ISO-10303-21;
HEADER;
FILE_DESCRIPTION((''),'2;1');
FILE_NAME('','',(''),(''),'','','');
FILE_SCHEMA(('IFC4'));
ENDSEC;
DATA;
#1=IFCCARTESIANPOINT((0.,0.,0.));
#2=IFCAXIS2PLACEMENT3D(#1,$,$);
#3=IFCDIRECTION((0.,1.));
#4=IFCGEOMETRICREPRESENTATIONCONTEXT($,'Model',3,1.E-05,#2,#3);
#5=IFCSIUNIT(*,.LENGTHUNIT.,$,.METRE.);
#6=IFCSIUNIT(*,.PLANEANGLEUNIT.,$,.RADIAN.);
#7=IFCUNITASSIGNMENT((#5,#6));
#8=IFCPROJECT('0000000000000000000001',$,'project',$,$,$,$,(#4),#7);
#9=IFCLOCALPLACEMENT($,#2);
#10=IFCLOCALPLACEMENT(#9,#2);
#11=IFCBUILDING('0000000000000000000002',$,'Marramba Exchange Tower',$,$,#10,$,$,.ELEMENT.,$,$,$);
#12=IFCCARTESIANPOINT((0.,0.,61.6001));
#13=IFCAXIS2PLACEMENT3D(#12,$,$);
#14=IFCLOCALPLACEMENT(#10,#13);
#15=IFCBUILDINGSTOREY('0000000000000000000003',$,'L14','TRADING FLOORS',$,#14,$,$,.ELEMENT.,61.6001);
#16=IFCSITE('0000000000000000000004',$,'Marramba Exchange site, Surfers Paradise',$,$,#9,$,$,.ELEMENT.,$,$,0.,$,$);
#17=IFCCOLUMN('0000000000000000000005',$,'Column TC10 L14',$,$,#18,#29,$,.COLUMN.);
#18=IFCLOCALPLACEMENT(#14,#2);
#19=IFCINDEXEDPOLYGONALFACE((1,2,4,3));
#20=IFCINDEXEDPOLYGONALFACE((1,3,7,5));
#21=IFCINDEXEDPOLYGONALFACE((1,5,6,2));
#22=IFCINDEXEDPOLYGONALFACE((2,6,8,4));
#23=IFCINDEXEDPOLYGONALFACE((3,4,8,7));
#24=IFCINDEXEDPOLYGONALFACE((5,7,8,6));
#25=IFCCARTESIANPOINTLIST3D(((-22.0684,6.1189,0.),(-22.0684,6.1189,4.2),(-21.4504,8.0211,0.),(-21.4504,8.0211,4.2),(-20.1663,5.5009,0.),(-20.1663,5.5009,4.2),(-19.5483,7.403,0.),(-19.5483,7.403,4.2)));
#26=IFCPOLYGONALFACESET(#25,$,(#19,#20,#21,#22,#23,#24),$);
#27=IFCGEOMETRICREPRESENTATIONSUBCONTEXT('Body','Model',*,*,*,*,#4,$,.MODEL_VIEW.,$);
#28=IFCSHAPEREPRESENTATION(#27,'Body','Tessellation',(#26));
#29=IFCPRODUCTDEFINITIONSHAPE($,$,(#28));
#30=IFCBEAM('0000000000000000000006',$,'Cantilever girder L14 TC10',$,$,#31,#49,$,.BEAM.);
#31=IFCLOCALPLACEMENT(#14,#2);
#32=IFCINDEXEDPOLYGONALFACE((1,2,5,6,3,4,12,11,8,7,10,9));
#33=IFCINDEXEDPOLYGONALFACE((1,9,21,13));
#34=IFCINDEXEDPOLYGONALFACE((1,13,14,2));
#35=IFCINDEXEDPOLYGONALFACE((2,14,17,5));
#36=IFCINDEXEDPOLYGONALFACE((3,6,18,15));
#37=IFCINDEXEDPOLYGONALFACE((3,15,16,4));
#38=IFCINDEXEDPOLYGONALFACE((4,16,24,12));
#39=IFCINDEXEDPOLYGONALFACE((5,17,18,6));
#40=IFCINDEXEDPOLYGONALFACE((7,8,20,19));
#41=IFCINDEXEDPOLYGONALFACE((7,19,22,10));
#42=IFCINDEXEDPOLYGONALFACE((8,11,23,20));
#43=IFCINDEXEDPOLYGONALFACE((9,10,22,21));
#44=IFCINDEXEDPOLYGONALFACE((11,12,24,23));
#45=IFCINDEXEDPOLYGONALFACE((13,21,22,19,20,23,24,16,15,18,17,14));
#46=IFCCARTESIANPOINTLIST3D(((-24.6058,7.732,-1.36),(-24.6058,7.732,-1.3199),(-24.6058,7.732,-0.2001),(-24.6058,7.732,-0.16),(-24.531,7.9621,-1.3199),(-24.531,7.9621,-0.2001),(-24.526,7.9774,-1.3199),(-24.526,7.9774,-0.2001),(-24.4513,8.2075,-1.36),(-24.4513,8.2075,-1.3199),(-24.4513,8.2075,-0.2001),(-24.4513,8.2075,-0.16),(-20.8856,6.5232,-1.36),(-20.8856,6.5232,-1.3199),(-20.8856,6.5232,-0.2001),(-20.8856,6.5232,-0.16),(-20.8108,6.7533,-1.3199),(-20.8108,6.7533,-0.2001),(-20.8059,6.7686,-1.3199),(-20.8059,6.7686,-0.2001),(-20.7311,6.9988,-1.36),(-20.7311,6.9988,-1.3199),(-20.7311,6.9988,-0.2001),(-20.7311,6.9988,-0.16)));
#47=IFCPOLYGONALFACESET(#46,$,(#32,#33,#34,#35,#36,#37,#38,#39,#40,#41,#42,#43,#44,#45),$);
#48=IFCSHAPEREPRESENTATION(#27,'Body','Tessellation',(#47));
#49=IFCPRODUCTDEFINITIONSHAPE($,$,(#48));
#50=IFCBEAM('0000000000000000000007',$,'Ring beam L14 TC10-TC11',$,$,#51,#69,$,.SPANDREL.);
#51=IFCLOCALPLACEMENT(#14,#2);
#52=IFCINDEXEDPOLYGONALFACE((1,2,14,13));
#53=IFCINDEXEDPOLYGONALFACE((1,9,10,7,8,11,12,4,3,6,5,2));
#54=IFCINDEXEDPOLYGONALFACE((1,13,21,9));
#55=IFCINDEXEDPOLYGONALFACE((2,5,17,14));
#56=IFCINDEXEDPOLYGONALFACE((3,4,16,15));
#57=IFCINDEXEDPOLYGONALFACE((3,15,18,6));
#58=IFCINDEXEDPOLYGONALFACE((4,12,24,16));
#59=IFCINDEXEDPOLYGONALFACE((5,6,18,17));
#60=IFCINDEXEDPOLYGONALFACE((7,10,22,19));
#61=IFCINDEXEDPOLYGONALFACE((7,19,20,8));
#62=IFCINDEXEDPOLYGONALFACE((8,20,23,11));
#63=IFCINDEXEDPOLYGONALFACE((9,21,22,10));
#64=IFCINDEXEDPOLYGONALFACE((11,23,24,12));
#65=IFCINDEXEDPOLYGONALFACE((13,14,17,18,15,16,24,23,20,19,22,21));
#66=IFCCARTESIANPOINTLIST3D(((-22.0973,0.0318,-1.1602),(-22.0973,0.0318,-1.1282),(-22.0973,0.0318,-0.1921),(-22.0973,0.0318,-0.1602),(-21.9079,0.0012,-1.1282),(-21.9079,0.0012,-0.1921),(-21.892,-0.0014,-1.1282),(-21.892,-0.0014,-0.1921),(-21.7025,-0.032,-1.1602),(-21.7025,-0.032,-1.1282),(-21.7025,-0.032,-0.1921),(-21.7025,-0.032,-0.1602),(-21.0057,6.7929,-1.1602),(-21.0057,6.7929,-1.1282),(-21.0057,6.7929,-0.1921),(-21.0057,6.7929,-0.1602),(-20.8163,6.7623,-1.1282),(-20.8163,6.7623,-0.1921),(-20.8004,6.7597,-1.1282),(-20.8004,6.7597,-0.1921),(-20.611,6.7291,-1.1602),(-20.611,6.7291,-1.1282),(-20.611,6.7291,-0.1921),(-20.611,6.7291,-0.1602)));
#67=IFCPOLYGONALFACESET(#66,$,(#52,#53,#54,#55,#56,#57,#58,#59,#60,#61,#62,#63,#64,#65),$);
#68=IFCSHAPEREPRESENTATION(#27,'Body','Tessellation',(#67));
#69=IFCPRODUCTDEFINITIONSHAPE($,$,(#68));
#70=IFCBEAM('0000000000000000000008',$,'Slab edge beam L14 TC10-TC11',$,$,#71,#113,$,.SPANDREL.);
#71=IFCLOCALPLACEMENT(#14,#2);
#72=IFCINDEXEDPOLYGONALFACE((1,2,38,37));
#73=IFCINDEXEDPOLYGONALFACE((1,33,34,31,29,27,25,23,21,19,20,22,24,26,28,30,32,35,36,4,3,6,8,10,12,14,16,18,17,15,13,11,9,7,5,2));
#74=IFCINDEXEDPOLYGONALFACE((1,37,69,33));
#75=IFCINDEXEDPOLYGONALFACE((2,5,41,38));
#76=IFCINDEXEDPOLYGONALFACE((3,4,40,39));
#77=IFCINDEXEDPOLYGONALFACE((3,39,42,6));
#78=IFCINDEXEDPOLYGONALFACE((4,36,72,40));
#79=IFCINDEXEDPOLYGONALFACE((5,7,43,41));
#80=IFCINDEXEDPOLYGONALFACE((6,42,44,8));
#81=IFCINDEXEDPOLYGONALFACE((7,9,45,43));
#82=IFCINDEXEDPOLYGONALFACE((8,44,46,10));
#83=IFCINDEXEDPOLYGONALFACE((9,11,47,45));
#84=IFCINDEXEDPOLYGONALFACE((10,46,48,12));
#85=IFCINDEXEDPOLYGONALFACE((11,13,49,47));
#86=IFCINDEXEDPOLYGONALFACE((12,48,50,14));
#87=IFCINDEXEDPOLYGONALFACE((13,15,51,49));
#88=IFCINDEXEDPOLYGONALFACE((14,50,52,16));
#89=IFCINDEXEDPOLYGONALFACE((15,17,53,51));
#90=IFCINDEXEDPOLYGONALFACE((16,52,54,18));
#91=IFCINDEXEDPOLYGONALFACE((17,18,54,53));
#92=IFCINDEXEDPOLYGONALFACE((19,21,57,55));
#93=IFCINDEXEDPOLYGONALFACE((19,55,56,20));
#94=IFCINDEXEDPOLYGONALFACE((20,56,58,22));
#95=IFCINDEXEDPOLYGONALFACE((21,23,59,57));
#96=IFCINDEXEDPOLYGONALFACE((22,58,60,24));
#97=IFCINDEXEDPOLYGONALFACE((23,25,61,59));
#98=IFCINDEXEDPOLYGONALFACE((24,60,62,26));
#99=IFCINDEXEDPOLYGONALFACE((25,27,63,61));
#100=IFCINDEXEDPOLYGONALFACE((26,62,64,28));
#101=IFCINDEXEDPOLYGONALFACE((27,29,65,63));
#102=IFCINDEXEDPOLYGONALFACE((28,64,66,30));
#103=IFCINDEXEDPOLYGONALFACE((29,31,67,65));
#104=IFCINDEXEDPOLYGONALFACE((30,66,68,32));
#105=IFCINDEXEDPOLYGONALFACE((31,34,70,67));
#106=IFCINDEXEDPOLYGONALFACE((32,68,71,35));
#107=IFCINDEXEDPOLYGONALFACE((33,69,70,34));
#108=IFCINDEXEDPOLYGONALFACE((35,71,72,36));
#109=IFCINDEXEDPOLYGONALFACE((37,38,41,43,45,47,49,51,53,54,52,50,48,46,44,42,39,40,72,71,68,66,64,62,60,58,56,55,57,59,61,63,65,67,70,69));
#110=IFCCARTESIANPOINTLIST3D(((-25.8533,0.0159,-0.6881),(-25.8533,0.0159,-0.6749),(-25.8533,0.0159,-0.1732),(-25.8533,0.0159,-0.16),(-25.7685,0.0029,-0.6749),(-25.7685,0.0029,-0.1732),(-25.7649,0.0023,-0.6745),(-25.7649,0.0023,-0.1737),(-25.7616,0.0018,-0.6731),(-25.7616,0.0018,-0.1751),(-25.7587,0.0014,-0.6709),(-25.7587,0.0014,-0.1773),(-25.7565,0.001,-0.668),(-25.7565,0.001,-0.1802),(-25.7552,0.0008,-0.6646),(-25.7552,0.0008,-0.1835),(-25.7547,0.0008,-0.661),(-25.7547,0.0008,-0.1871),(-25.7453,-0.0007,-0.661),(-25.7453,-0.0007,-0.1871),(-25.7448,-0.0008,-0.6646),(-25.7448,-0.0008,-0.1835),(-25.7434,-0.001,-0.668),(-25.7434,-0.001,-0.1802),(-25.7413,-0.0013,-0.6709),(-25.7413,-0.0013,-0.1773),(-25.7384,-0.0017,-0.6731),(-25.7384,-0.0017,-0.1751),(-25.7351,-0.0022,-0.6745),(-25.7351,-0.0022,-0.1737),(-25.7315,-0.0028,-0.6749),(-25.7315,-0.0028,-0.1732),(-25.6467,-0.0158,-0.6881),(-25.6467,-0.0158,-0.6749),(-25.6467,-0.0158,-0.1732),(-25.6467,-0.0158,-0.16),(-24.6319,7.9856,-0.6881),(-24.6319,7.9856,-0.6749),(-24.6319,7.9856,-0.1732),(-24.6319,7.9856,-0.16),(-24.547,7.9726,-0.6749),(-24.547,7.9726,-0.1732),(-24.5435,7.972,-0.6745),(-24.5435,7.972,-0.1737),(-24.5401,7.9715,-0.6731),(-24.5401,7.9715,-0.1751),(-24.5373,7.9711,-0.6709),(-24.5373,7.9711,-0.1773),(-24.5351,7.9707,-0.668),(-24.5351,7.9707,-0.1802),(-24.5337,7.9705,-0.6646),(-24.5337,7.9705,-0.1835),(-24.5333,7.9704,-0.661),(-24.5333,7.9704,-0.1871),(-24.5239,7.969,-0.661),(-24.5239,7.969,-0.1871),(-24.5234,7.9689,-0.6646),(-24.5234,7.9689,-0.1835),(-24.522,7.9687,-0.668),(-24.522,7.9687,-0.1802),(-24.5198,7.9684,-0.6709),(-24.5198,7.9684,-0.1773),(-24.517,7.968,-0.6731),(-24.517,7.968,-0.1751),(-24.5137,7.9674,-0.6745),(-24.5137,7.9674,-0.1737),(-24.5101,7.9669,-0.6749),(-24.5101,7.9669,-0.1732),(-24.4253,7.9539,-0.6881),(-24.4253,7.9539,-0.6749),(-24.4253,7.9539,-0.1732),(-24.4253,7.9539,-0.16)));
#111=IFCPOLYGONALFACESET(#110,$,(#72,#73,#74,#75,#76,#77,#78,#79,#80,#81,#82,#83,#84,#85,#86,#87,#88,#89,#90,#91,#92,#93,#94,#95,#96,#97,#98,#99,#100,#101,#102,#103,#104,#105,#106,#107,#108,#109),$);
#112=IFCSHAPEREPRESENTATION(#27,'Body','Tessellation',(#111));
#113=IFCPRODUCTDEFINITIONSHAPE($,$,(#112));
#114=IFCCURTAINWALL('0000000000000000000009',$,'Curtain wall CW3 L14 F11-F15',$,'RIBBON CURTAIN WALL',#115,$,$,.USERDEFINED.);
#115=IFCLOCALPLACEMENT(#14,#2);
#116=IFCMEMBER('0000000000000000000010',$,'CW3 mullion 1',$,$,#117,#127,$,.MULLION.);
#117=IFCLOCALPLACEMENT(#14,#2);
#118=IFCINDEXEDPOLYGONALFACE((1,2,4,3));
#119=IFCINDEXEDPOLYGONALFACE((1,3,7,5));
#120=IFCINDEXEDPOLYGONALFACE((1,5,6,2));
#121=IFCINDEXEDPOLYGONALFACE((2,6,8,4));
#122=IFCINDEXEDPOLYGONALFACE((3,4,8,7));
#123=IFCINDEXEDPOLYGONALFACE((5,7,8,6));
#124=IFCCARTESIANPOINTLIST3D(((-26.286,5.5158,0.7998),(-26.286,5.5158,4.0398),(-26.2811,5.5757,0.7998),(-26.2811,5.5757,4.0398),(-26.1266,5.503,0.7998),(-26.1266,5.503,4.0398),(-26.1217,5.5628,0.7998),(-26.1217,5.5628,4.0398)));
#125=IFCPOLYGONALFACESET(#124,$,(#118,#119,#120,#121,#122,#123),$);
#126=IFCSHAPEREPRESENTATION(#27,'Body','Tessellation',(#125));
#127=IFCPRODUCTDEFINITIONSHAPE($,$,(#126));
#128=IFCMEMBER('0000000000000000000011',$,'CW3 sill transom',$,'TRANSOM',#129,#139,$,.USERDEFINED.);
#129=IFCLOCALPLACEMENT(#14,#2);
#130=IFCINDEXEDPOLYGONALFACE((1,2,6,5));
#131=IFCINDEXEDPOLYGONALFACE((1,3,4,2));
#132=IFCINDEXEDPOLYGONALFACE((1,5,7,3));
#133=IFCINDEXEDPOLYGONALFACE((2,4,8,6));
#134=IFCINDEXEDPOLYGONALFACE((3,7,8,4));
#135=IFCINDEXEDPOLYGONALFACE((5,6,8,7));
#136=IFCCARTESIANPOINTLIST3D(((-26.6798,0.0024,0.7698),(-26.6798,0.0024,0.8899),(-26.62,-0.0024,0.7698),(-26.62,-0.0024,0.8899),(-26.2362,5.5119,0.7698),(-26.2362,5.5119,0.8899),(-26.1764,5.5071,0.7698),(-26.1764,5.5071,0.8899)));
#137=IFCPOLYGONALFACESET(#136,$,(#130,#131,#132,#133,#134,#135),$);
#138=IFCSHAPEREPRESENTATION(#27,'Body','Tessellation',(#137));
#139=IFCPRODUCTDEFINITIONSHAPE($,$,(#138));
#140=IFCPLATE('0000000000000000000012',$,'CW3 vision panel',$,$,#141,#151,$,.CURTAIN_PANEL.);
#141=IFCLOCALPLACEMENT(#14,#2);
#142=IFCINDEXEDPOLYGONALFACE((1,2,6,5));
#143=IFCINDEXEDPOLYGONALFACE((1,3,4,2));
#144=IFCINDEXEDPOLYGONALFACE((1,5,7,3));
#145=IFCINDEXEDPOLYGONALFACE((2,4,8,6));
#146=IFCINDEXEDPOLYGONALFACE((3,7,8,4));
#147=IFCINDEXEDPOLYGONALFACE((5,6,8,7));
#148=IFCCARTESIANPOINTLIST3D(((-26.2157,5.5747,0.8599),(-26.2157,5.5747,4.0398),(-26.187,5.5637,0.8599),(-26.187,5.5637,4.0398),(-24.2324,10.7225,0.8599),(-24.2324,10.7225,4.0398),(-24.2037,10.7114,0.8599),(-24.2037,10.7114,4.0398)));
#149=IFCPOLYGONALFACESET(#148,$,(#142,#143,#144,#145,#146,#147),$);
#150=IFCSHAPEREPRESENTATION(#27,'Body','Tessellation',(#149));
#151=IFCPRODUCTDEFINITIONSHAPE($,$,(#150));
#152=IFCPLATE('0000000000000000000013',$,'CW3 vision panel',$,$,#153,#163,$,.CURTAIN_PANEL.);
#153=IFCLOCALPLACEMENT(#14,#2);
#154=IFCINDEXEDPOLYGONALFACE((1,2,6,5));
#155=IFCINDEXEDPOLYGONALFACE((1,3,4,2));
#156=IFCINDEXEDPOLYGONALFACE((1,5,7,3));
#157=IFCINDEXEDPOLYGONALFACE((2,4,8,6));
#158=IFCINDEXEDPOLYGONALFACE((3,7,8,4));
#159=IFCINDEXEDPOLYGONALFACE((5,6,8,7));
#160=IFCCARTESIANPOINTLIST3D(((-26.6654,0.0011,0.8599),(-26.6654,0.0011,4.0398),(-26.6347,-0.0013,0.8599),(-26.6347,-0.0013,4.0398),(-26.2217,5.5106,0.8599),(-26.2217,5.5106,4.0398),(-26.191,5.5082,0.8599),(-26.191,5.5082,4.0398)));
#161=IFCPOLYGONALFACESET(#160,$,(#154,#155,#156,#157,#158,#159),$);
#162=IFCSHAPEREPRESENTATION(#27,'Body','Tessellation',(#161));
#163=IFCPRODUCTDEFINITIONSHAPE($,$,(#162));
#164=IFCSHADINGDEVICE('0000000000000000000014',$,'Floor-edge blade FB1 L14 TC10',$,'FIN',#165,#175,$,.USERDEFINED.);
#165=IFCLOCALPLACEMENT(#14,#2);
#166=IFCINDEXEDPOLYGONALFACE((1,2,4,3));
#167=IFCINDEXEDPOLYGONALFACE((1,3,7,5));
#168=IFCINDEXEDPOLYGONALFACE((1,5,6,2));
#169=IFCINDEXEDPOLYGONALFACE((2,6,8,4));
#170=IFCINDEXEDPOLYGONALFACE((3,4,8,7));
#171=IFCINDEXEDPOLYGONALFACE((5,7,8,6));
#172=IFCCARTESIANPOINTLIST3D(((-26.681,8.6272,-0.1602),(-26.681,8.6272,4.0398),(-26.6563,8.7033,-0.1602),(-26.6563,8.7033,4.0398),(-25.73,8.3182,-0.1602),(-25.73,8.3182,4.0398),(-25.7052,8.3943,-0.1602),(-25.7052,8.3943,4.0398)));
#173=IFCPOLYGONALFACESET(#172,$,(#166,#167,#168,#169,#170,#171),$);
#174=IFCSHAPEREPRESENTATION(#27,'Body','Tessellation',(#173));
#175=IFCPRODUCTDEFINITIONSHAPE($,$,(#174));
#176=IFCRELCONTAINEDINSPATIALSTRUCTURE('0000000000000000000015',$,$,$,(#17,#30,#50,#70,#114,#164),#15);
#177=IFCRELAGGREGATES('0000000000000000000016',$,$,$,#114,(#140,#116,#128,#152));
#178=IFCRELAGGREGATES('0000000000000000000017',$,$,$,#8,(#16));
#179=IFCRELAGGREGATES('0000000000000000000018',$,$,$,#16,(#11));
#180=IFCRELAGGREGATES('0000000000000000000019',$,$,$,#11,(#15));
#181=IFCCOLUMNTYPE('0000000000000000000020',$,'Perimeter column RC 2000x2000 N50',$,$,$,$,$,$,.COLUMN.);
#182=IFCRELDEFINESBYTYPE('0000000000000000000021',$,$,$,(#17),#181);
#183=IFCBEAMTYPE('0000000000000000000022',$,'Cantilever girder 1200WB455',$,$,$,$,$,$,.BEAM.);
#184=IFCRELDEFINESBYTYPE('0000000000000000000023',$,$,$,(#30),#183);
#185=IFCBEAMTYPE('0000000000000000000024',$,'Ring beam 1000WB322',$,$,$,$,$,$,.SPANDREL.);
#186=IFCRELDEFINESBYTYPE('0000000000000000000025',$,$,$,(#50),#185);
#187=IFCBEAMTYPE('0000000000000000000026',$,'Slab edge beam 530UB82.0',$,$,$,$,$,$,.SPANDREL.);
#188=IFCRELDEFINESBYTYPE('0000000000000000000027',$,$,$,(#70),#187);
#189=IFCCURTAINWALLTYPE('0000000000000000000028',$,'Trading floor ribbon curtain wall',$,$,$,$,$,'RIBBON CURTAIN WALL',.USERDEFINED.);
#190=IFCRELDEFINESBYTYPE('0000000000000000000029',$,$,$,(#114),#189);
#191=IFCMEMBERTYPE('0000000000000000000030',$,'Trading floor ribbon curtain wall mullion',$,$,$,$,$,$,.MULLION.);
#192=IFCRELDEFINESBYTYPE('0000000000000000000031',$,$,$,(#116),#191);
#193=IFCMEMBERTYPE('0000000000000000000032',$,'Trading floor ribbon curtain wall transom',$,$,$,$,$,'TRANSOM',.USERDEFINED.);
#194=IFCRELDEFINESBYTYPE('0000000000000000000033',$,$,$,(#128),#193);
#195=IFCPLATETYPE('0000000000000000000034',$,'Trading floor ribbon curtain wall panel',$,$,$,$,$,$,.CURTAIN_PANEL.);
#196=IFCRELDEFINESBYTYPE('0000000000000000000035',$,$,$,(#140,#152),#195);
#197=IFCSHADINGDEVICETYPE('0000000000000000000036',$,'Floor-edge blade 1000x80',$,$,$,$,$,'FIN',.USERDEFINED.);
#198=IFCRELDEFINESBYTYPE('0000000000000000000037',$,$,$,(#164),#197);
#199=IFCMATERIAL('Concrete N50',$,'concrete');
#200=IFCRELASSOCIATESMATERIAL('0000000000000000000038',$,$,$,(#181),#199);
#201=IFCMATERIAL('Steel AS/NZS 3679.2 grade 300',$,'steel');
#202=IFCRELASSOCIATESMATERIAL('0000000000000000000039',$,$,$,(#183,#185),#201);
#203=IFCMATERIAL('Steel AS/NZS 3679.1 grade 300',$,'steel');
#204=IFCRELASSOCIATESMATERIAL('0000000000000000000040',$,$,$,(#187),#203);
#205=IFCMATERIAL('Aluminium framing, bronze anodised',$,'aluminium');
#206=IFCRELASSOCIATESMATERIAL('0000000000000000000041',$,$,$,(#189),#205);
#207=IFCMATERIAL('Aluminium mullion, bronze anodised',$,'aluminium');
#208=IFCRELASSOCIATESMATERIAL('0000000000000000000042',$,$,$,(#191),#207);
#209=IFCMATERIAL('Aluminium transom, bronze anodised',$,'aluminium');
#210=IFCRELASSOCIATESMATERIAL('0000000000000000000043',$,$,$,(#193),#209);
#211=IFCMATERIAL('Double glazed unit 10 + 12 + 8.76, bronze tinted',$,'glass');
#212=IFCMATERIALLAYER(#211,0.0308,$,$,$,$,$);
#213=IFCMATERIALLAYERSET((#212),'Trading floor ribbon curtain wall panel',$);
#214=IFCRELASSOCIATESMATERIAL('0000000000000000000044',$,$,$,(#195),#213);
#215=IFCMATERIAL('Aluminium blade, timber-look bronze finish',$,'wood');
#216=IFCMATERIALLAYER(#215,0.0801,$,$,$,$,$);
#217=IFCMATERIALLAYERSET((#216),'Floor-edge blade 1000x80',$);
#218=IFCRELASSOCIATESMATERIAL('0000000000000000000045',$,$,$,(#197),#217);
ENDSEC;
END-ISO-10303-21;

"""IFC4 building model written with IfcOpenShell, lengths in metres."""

from ifc_helpers import new_model, si_unit, direction, frame, origin, origin_2d, place, context, subcontext, project, spatial, rectangle, i_section, extrude, material, layer, layer_set, material_profile, profile_set, type_object, element, aggregate, save


model = new_model("IFC4")

# Units and contexts
model_context = context("Model", 3, precision=1e-05, world=origin(), true_north=direction((0.0, 1.0)))
body_context = subcontext(model_context, "Body", "Model", "MODEL_VIEW")
ifc_project = project(units=[si_unit("LENGTHUNIT", "METRE"), si_unit("PLANEANGLEUNIT", "RADIAN")], contexts=[model_context])

# Site, building, storey
site_placement = place(None, origin())
site = spatial("IfcSite", under=ifc_project, at=site_placement, Name="Marramba Exchange site, Surfers Paradise", CompositionType="ELEMENT", RefElevation=0.0)
building_placement = place(site_placement, origin())
building = spatial("IfcBuilding", under=site, at=building_placement, Name="Marramba Exchange Tower", CompositionType="ELEMENT")
storey_placement = place(building_placement, frame((0.0, 0.0, 61.6001)))
storey = spatial("IfcBuildingStorey", under=building, at=storey_placement, Name="L14", Description="TRADING FLOORS", CompositionType="ELEMENT", Elevation=61.6001)

# Column
ifc_material_1 = material(Name="Concrete N50", Category="concrete")
ifc_material_profile_1 = material_profile(ifc_material_1, rectangle(XDim=2.0, YDim=2.0, at=origin_2d()), Name="RC 2000x2000")
ifc_profile_set_1 = profile_set([ifc_material_profile_1], Name="Concrete N50")
column_type = type_object("IfcColumnType", Name="Perimeter column RC 2000x2000 N50", PredefinedType="COLUMN", material=ifc_profile_set_1)
column_placement = place(storey_placement, frame((-20.8083, 6.761, 0.0), z_axis=(0.0, 0.0, 1.0), x_axis=(-0.951057, 0.309017, 0.0)))
element("IfcColumn", 1, at=column_placement, inside=storey, type_object=column_type, Name="Column TC10 L14", PredefinedType="COLUMN", context=body_context, shape_type="SweptSolid", body=[
    extrude(rectangle(XDim=2.0, YDim=2.0, at=origin_2d()), origin(), (0.0, 0.0, 1.0), 4.2),
])

# Beams
ifc_material_2 = material(Name="Steel AS/NZS 3679.2 grade 300", Category="steel")
ifc_material_profile_2 = material_profile(ifc_material_2, i_section(OverallWidth=0.5, OverallDepth=1.2, WebThickness=0.0161, FlangeThickness=0.04, at=origin_2d()), Name="1200WB455")
ifc_profile_set_2 = profile_set([ifc_material_profile_2], Name="Steel AS/NZS 3679.2 grade 300")
beam_type_1 = type_object("IfcBeamType", Name="Cantilever girder 1200WB455", PredefinedType="BEAM", material=ifc_profile_set_2)
beam_1_placement = place(storey_placement, frame((-20.8083, 6.761, -0.76), z_axis=(-0.951059, 0.30901, 0.0), x_axis=(-0.30901, -0.951059, 0.0)))
element("IfcBeam", 2, at=beam_1_placement, inside=storey, type_object=beam_type_1, Name="Cantilever girder L14 TC10", PredefinedType="BEAM", context=body_context, shape_type="SweptSolid", body=[
    extrude(i_section(OverallWidth=0.5, OverallDepth=1.2, WebThickness=0.0161, FlangeThickness=0.04, at=origin_2d()), origin(), (0.0, 0.0, 1.0), 3.9116),
])
ifc_material_profile_3 = material_profile(ifc_material_2, i_section(OverallWidth=0.3999, OverallDepth=1.0, WebThickness=0.0161, FlangeThickness=0.032, at=origin_2d()), Name="1000WB322")
ifc_profile_set_3 = profile_set([ifc_material_profile_3], Name="Steel AS/NZS 3679.2 grade 300")
beam_type_2 = type_object("IfcBeamType", Name="Ring beam 1000WB322", PredefinedType="SPANDREL", material=ifc_profile_set_3)
beam_2_placement = place(storey_placement, frame((-20.8083, 6.761, -0.6602), z_axis=(-0.159385, -0.987217, 0.0), x_axis=(0.987217, -0.159385, 0.0)))
element("IfcBeam", 3, at=beam_2_placement, inside=storey, type_object=beam_type_2, Name="Ring beam L14 TC10-TC11", PredefinedType="SPANDREL", context=body_context, shape_type="SweptSolid", body=[
    extrude(i_section(OverallWidth=0.3999, OverallDepth=1.0, WebThickness=0.0161, FlangeThickness=0.032, at=origin_2d()), origin(), (0.0, 0.0, 1.0), 6.8486),
])
ifc_material_3 = material(Name="Steel AS/NZS 3679.1 grade 300", Category="steel")
ifc_material_profile_4 = material_profile(ifc_material_3, i_section(OverallWidth=0.209, OverallDepth=0.5281, WebThickness=0.0095, FlangeThickness=0.0132, FilletRadius=0.0139, at=origin_2d()), Name="530UB82.0")
ifc_profile_set_4 = profile_set([ifc_material_profile_4], Name="Steel AS/NZS 3679.1 grade 300")
beam_type_3 = type_object("IfcBeamType", Name="Slab edge beam 530UB82.0", PredefinedType="SPANDREL", material=ifc_profile_set_4)
beam_3_placement = place(storey_placement, frame((-24.5286, 7.9697, -0.4241), z_axis=(-0.151491, -0.988459, 0.0), x_axis=(0.988459, -0.151491, 0.0)))
element("IfcBeam", 4, at=beam_3_placement, inside=storey, type_object=beam_type_3, Name="Slab edge beam L14 TC10-TC11", PredefinedType="SPANDREL", context=body_context, shape_type="SweptSolid", body=[
    extrude(i_section(OverallWidth=0.209, OverallDepth=0.5281, WebThickness=0.0095, FlangeThickness=0.0132, FilletRadius=0.0139, at=origin_2d()), origin(), (0.0, 0.0, 1.0), 8.0627),
])

# Curtain wall, members, plates
ifc_material_4 = material(Name="Aluminium framing, bronze anodised", Category="aluminium")
curtain_wall_type = type_object("IfcCurtainWallType", Name="Trading floor ribbon curtain wall", ElementType="RIBBON CURTAIN WALL", PredefinedType="USERDEFINED", material=ifc_material_4)
curtain_wall_placement = place(storey_placement, origin())
curtain_wall = element("IfcCurtainWall", 5, at=curtain_wall_placement, inside=storey, type_object=curtain_wall_type, Name="Curtain wall CW3 L14 F11-F15", ObjectType="RIBBON CURTAIN WALL", PredefinedType="USERDEFINED")
ifc_material_5 = material(Name="Aluminium mullion, bronze anodised", Category="aluminium")
ifc_material_profile_5 = material_profile(ifc_material_5, rectangle(XDim=0.1599, YDim=0.0601, at=origin_2d()), Name="CW3 mullion 60x160")
ifc_profile_set_5 = profile_set([ifc_material_profile_5], Name="Aluminium mullion, bronze anodised")
member_type_1 = type_object("IfcMemberType", Name="Trading floor ribbon curtain wall mullion", PredefinedType="MULLION", material=ifc_profile_set_5)
member_1_placement = place(storey_placement, frame((-26.2039, 5.5393, 0.7998), z_axis=(0.0, 0.0, 1.0), x_axis=(0.996773, -0.080275, 0.0)))
member_1 = element("IfcMember", 6, at=member_1_placement, type_object=member_type_1, Name="CW3 mullion 1", PredefinedType="MULLION", context=body_context, shape_type="SweptSolid", body=[
    extrude(rectangle(XDim=0.1599, YDim=0.0601, at=origin_2d()), origin(), (0.0, 0.0, 1.0), 3.24),
])
ifc_material_6 = material(Name="Aluminium transom, bronze anodised", Category="aluminium")
ifc_material_profile_6 = material_profile(ifc_material_6, rectangle(XDim=0.0601, YDim=0.1201, at=origin_2d()), Name="CW3 transom 60x120")
ifc_profile_set_6 = profile_set([ifc_material_profile_6], Name="Aluminium transom, bronze anodised")
member_type_2 = type_object("IfcMemberType", Name="Trading floor ribbon curtain wall transom", ElementType="TRANSOM", PredefinedType="USERDEFINED", material=ifc_profile_set_6)
member_2_placement = place(storey_placement, frame((-26.2063, 5.5095, 0.8298), z_axis=(-0.080256, -0.996774, 0.0), x_axis=(0.996774, -0.080256, 0.0)))
member_2 = element("IfcMember", 7, at=member_2_placement, type_object=member_type_2, Name="CW3 sill transom", ObjectType="TRANSOM", PredefinedType="USERDEFINED", context=body_context, shape_type="SweptSolid", body=[
    extrude(rectangle(XDim=0.0601, YDim=0.1201, at=origin_2d()), origin(), (0.0, 0.0, 1.0), 5.5273),
])
ifc_material_7 = material(Name="Double glazed unit 10 + 12 + 8.76, bronze tinted", Category="glass")
ifc_layer_1 = layer(ifc_material_7, 0.0308)
ifc_layer_set_1 = layer_set([ifc_layer_1], Name="Trading floor ribbon curtain wall panel")
plate_type = type_object("IfcPlateType", Name="Trading floor ribbon curtain wall panel", PredefinedType="CURTAIN_PANEL", material=ifc_layer_set_1)
plate_1_placement = place(storey_placement, frame((-25.2097, 8.1431, 0.8599), z_axis=(0.0, 0.0, 1.0), x_axis=(-0.359526, -0.933135, 0.0)))
plate_1 = element("IfcPlate", 8, at=plate_1_placement, type_object=plate_type, Name="CW3 vision panel", PredefinedType="CURTAIN_PANEL", context=body_context, shape_type="SweptSolid", body=[
    extrude(rectangle(XDim=5.5166, YDim=0.0308, at=origin_2d()), origin(), (0.0, 0.0, 1.0), 3.1799),
])
plate_2_placement = place(storey_placement, frame((-26.4282, 2.7546, 0.8599), z_axis=(0.0, 0.0, 1.0), x_axis=(-0.080275, -0.996773, 0.0)))
plate_2 = element("IfcPlate", 9, at=plate_2_placement, type_object=plate_type, Name="CW3 vision panel", PredefinedType="CURTAIN_PANEL", context=body_context, shape_type="SweptSolid", body=[
    extrude(rectangle(XDim=5.5273, YDim=0.0308, at=origin_2d()), origin(), (0.0, 0.0, 1.0), 3.1799),
])
aggregate(curtain_wall, [plate_1, member_1, member_2, plate_2])

# Shading device
ifc_material_8 = material(Name="Aluminium blade, timber-look bronze finish", Category="wood")
ifc_layer_2 = layer(ifc_material_8, 0.0801)
ifc_layer_set_2 = layer_set([ifc_layer_2], Name="Floor-edge blade 1000x80")
shading_device_type_1 = type_object("IfcShadingDeviceType", Name="Floor-edge blade 1000x80", ElementType="FIN", PredefinedType="USERDEFINED", material=ifc_layer_set_2)
shading_device_1_placement = place(storey_placement, frame((-26.1931, 8.5107, -0.1602), z_axis=(0.0, 0.0, 1.0), x_axis=(-0.951057, 0.309017, 0.0)))
element("IfcShadingDevice", 10, at=shading_device_1_placement, inside=storey, type_object=shading_device_type_1, Name="Floor-edge blade FB1 L14 TC10", ObjectType="FIN", PredefinedType="USERDEFINED", context=body_context, shape_type="SweptSolid", body=[
    extrude(rectangle(XDim=1.0, YDim=0.0801, at=origin_2d()), origin(), (0.0, 0.0, 1.0), 4.2),
])

save(model, "model.ifc")
